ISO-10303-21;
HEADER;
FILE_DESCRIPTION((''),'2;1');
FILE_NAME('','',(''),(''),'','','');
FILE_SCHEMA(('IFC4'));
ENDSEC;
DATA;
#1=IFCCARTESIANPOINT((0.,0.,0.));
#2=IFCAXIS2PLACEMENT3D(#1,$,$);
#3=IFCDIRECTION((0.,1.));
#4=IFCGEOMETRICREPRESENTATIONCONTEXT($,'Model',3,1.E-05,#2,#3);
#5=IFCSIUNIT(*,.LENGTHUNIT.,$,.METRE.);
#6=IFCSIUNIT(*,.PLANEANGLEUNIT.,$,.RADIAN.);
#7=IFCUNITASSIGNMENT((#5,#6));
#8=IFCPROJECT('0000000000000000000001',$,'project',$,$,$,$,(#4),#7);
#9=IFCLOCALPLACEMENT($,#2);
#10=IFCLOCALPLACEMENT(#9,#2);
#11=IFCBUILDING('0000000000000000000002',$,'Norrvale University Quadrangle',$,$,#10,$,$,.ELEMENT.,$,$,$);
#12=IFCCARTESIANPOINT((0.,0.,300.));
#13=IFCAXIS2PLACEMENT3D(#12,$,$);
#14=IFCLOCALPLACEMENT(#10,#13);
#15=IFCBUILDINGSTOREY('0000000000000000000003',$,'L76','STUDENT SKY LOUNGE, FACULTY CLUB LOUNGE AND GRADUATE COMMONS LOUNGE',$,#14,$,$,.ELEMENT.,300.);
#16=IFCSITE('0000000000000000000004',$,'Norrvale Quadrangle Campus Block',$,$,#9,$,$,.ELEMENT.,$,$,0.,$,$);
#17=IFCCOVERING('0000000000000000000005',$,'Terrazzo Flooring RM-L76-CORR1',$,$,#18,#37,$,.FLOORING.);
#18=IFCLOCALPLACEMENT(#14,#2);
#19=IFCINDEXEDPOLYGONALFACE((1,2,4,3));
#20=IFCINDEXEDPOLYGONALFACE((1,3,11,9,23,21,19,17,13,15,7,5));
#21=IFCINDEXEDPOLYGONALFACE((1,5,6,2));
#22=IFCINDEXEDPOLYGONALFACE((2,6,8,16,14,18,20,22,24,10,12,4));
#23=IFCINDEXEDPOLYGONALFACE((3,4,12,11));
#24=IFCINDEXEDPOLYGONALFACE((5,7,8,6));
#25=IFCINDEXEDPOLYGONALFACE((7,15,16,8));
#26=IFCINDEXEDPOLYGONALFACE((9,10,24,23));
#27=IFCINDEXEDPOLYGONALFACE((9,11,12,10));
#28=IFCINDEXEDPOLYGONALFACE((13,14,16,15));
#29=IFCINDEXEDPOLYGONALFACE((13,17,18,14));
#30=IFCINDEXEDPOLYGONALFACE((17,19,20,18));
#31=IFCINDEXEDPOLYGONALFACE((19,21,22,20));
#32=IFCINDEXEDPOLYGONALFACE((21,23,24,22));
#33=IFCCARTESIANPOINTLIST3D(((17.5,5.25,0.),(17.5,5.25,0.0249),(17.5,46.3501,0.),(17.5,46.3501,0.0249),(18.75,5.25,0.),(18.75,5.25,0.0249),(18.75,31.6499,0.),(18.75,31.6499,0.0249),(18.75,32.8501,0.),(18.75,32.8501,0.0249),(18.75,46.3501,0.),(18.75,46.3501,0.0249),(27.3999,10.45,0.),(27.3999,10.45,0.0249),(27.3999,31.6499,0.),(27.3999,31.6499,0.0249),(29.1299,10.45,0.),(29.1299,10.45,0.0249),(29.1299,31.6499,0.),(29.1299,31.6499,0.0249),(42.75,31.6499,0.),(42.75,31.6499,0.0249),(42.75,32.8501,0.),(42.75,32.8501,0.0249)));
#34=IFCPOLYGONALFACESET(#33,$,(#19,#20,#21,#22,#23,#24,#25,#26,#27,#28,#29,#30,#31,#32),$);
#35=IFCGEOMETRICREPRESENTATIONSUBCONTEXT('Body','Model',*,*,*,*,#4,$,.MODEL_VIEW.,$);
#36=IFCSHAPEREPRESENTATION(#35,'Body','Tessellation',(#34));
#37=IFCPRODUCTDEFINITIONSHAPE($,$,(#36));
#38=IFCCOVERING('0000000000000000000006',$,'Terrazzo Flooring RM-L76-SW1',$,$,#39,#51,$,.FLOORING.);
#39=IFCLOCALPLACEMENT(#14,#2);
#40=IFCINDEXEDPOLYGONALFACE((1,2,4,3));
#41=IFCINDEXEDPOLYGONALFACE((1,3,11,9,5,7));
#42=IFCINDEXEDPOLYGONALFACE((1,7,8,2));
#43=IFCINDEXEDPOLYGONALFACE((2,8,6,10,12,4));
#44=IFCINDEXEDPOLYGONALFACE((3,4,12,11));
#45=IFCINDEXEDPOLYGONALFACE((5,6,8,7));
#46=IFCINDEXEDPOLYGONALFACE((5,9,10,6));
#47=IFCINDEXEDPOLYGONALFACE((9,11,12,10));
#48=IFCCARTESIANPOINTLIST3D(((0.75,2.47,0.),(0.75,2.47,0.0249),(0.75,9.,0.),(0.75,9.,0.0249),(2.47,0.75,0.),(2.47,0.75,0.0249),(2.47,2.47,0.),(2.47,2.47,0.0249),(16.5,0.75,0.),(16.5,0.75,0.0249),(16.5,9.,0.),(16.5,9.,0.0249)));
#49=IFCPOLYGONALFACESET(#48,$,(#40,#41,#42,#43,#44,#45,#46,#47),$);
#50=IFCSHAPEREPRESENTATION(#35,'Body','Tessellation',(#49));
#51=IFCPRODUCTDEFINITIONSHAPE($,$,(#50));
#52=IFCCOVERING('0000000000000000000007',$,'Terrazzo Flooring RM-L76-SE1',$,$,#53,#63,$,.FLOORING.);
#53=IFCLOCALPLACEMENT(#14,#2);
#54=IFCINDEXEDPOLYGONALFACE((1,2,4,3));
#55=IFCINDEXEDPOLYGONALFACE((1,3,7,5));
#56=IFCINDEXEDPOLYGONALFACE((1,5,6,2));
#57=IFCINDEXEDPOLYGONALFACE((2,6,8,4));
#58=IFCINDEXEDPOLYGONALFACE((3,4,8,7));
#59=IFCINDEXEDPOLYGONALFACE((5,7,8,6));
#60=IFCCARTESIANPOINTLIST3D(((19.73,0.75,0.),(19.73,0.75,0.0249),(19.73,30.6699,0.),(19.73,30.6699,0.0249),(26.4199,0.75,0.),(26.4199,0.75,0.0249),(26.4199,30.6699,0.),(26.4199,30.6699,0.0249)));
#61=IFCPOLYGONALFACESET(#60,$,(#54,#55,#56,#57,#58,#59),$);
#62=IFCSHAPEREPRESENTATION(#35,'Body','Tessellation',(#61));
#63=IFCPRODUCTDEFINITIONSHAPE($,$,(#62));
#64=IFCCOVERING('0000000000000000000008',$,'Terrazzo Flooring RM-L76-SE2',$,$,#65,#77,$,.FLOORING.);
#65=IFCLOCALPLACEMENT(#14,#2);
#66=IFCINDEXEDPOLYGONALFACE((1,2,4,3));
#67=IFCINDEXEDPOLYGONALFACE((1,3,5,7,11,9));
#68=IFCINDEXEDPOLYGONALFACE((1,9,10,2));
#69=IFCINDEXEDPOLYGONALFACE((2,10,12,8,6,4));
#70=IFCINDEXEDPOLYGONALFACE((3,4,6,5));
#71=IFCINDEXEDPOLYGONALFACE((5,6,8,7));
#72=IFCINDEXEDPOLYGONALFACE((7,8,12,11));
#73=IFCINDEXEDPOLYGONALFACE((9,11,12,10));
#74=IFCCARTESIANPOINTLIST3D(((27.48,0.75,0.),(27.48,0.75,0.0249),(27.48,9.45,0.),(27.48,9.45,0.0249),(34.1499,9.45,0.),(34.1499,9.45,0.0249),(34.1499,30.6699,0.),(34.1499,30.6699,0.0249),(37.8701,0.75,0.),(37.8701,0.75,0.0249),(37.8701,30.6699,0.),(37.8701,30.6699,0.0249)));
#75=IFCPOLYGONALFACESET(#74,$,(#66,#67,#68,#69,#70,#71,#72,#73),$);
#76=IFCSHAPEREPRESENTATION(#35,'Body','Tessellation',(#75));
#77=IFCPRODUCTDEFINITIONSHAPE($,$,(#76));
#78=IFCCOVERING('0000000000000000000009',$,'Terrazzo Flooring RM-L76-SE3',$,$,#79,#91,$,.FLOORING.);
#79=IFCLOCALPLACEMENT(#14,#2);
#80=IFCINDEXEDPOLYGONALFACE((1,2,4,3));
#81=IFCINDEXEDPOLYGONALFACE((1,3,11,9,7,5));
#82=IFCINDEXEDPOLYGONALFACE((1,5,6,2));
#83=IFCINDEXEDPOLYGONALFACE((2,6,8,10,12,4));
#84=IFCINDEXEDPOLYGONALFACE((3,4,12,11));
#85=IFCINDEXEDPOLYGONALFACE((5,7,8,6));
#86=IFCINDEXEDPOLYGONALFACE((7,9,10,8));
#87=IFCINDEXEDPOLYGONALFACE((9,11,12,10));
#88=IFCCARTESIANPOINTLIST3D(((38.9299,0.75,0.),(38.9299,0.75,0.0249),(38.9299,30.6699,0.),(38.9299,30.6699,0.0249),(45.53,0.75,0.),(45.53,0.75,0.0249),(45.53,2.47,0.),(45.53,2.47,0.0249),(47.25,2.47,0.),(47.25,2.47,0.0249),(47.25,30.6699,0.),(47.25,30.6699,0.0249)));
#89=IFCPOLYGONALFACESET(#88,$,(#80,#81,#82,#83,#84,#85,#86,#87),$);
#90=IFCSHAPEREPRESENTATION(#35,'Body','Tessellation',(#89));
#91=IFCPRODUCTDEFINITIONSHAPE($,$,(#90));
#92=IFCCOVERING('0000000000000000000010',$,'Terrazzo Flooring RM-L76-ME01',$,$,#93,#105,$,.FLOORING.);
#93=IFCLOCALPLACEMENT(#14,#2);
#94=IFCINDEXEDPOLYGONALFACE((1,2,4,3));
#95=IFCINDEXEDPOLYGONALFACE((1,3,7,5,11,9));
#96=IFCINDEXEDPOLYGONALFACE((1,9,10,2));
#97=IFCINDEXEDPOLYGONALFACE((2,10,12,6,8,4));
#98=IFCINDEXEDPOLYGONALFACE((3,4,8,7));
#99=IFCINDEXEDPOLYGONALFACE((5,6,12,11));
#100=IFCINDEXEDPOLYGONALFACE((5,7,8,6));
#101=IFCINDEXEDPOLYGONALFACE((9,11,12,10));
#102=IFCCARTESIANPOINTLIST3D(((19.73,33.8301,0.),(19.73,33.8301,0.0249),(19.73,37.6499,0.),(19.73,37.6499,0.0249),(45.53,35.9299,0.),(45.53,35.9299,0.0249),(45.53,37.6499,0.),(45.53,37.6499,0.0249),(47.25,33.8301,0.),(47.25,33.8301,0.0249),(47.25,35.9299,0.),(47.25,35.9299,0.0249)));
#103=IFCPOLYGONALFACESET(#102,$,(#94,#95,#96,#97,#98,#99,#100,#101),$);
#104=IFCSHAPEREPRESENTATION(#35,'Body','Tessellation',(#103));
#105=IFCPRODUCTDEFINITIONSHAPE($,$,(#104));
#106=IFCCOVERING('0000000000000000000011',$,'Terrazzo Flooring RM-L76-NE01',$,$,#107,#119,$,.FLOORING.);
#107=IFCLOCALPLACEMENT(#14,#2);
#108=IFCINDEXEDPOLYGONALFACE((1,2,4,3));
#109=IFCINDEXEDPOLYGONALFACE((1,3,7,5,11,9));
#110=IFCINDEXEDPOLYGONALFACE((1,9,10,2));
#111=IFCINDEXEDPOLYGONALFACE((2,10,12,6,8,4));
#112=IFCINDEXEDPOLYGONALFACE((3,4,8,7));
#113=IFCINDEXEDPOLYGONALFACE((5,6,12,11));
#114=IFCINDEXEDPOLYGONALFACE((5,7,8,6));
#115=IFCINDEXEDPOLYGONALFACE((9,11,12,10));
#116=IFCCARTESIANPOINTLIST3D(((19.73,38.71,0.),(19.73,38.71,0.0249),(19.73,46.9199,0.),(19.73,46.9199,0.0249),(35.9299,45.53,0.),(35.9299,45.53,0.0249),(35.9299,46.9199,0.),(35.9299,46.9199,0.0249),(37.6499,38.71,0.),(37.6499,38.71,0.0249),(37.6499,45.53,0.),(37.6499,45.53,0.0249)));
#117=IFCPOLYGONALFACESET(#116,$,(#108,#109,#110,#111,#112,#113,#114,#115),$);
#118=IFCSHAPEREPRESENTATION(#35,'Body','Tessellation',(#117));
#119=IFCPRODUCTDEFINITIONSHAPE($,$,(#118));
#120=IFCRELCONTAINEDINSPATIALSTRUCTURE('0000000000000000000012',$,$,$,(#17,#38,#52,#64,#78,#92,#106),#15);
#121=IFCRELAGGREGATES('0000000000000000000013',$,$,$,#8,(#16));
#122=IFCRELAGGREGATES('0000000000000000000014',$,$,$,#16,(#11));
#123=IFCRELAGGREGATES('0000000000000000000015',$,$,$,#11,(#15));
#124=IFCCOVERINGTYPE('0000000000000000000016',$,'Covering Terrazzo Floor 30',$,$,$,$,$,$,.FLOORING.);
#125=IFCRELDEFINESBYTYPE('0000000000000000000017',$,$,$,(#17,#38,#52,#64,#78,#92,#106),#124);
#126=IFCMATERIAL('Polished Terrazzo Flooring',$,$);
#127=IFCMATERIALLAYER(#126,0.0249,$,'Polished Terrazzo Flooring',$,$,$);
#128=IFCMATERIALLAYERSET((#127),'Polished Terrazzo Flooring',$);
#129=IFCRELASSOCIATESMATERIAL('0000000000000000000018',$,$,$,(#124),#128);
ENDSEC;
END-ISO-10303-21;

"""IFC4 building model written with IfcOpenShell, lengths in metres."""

from ifc_helpers import new_model, si_unit, direction, frame, origin, place, context, subcontext, project, spatial, polyline, outline, extrude, material, layer, layer_set, type_object, element, save


model = new_model("IFC4")

# Units and contexts
model_context = context("Model", 3, precision=1e-05, world=origin(), true_north=direction((0.0, 1.0)))
body_context = subcontext(model_context, "Body", "Model", "MODEL_VIEW")
ifc_project = project(units=[si_unit("LENGTHUNIT", "METRE"), si_unit("PLANEANGLEUNIT", "RADIAN")], contexts=[model_context])

# Site, building, storey
site_placement = place(None, origin())
site = spatial("IfcSite", under=ifc_project, at=site_placement, Name="Norrvale Quadrangle Campus Block", CompositionType="ELEMENT", RefElevation=0.0)
building_placement = place(site_placement, origin())
building = spatial("IfcBuilding", under=site, at=building_placement, Name="Norrvale University Quadrangle", CompositionType="ELEMENT")
storey_placement = place(building_placement, frame((0.0, 0.0, 300.0)))
storey = spatial("IfcBuildingStorey", under=building, at=storey_placement, Name="L76", Description="STUDENT SKY LOUNGE, FACULTY CLUB LOUNGE AND GRADUATE COMMONS LOUNGE", CompositionType="ELEMENT", Elevation=300.0)

# Coverings
ifc_material_1 = material(Name="Polished Terrazzo Flooring")
ifc_layer_1 = layer(ifc_material_1, 0.0249, Name="Polished Terrazzo Flooring")
ifc_layer_set_1 = layer_set([ifc_layer_1], Name="Polished Terrazzo Flooring")
covering_type_1 = type_object("IfcCoveringType", Name="Covering Terrazzo Floor 30", PredefinedType="FLOORING", material=ifc_layer_set_1)
covering_1_placement = place(storey_placement, origin())
element("IfcCovering", 1, at=covering_1_placement, inside=storey, type_object=covering_type_1, Name="Terrazzo Flooring RM-L76-CORR1", PredefinedType="FLOORING", context=body_context, shape_type="SweptSolid", body=[
    extrude(outline(polyline([(17.5, 5.25), (17.5, 46.3501), (18.75, 46.3501), (18.75, 32.8501), (42.75, 32.8501), (42.75, 31.6499), (29.1299, 31.6499), (29.1299, 10.45), (27.3999, 10.45), (27.3999, 31.6499), (18.75, 31.6499), (18.75, 5.25), (17.5, 5.25)])), origin(), (0.0, 0.0, 1.0), 0.0249),
])
covering_2_placement = place(storey_placement, origin())
element("IfcCovering", 2, at=covering_2_placement, inside=storey, type_object=covering_type_1, Name="Terrazzo Flooring RM-L76-SW1", PredefinedType="FLOORING", context=body_context, shape_type="SweptSolid", body=[
    extrude(outline(polyline([(0.75, 9.0), (16.5, 9.0), (16.5, 0.75), (2.47, 0.75), (2.47, 2.47), (0.75, 2.47), (0.75, 9.0)])), origin(), (0.0, 0.0, 1.0), 0.0249),
])
covering_3_placement = place(storey_placement, origin())
element("IfcCovering", 3, at=covering_3_placement, inside=storey, type_object=covering_type_1, Name="Terrazzo Flooring RM-L76-SE1", PredefinedType="FLOORING", context=body_context, shape_type="SweptSolid", body=[
    extrude(outline(polyline([(19.73, 30.6699), (26.4199, 30.6699), (26.4199, 0.75), (19.73, 0.75), (19.73, 30.6699)])), origin(), (0.0, 0.0, 1.0), 0.0249),
])
covering_4_placement = place(storey_placement, origin())
element("IfcCovering", 4, at=covering_4_placement, inside=storey, type_object=covering_type_1, Name="Terrazzo Flooring RM-L76-SE2", PredefinedType="FLOORING", context=body_context, shape_type="SweptSolid", body=[
    extrude(outline(polyline([(27.48, 9.45), (34.1499, 9.45), (34.1499, 30.6699), (37.8701, 30.6699), (37.8701, 0.75), (27.48, 0.75), (27.48, 9.45)])), origin(), (0.0, 0.0, 1.0), 0.0249),
])
covering_5_placement = place(storey_placement, origin())
element("IfcCovering", 5, at=covering_5_placement, inside=storey, type_object=covering_type_1, Name="Terrazzo Flooring RM-L76-SE3", PredefinedType="FLOORING", context=body_context, shape_type="SweptSolid", body=[
    extrude(outline(polyline([(38.9299, 0.75), (38.9299, 30.6699), (47.25, 30.6699), (47.25, 2.47), (45.53, 2.47), (45.53, 0.75), (38.9299, 0.75)])), origin(), (0.0, 0.0, 1.0), 0.0249),
])
covering_6_placement = place(storey_placement, origin())
element("IfcCovering", 6, at=covering_6_placement, inside=storey, type_object=covering_type_1, Name="Terrazzo Flooring RM-L76-ME01", PredefinedType="FLOORING", context=body_context, shape_type="SweptSolid", body=[
    extrude(outline(polyline([(47.25, 33.8301), (19.73, 33.8301), (19.73, 37.6499), (45.53, 37.6499), (45.53, 35.9299), (47.25, 35.9299), (47.25, 33.8301)])), origin(), (0.0, 0.0, 1.0), 0.0249),
])
covering_7_placement = place(storey_placement, origin())
element("IfcCovering", 7, at=covering_7_placement, inside=storey, type_object=covering_type_1, Name="Terrazzo Flooring RM-L76-NE01", PredefinedType="FLOORING", context=body_context, shape_type="SweptSolid", body=[
    extrude(outline(polyline([(37.6499, 38.71), (19.73, 38.71), (19.73, 46.9199), (35.9299, 46.9199), (35.9299, 45.53), (37.6499, 45.53), (37.6499, 38.71)])), origin(), (0.0, 0.0, 1.0), 0.0249),
])

save(model, "model.ifc")
